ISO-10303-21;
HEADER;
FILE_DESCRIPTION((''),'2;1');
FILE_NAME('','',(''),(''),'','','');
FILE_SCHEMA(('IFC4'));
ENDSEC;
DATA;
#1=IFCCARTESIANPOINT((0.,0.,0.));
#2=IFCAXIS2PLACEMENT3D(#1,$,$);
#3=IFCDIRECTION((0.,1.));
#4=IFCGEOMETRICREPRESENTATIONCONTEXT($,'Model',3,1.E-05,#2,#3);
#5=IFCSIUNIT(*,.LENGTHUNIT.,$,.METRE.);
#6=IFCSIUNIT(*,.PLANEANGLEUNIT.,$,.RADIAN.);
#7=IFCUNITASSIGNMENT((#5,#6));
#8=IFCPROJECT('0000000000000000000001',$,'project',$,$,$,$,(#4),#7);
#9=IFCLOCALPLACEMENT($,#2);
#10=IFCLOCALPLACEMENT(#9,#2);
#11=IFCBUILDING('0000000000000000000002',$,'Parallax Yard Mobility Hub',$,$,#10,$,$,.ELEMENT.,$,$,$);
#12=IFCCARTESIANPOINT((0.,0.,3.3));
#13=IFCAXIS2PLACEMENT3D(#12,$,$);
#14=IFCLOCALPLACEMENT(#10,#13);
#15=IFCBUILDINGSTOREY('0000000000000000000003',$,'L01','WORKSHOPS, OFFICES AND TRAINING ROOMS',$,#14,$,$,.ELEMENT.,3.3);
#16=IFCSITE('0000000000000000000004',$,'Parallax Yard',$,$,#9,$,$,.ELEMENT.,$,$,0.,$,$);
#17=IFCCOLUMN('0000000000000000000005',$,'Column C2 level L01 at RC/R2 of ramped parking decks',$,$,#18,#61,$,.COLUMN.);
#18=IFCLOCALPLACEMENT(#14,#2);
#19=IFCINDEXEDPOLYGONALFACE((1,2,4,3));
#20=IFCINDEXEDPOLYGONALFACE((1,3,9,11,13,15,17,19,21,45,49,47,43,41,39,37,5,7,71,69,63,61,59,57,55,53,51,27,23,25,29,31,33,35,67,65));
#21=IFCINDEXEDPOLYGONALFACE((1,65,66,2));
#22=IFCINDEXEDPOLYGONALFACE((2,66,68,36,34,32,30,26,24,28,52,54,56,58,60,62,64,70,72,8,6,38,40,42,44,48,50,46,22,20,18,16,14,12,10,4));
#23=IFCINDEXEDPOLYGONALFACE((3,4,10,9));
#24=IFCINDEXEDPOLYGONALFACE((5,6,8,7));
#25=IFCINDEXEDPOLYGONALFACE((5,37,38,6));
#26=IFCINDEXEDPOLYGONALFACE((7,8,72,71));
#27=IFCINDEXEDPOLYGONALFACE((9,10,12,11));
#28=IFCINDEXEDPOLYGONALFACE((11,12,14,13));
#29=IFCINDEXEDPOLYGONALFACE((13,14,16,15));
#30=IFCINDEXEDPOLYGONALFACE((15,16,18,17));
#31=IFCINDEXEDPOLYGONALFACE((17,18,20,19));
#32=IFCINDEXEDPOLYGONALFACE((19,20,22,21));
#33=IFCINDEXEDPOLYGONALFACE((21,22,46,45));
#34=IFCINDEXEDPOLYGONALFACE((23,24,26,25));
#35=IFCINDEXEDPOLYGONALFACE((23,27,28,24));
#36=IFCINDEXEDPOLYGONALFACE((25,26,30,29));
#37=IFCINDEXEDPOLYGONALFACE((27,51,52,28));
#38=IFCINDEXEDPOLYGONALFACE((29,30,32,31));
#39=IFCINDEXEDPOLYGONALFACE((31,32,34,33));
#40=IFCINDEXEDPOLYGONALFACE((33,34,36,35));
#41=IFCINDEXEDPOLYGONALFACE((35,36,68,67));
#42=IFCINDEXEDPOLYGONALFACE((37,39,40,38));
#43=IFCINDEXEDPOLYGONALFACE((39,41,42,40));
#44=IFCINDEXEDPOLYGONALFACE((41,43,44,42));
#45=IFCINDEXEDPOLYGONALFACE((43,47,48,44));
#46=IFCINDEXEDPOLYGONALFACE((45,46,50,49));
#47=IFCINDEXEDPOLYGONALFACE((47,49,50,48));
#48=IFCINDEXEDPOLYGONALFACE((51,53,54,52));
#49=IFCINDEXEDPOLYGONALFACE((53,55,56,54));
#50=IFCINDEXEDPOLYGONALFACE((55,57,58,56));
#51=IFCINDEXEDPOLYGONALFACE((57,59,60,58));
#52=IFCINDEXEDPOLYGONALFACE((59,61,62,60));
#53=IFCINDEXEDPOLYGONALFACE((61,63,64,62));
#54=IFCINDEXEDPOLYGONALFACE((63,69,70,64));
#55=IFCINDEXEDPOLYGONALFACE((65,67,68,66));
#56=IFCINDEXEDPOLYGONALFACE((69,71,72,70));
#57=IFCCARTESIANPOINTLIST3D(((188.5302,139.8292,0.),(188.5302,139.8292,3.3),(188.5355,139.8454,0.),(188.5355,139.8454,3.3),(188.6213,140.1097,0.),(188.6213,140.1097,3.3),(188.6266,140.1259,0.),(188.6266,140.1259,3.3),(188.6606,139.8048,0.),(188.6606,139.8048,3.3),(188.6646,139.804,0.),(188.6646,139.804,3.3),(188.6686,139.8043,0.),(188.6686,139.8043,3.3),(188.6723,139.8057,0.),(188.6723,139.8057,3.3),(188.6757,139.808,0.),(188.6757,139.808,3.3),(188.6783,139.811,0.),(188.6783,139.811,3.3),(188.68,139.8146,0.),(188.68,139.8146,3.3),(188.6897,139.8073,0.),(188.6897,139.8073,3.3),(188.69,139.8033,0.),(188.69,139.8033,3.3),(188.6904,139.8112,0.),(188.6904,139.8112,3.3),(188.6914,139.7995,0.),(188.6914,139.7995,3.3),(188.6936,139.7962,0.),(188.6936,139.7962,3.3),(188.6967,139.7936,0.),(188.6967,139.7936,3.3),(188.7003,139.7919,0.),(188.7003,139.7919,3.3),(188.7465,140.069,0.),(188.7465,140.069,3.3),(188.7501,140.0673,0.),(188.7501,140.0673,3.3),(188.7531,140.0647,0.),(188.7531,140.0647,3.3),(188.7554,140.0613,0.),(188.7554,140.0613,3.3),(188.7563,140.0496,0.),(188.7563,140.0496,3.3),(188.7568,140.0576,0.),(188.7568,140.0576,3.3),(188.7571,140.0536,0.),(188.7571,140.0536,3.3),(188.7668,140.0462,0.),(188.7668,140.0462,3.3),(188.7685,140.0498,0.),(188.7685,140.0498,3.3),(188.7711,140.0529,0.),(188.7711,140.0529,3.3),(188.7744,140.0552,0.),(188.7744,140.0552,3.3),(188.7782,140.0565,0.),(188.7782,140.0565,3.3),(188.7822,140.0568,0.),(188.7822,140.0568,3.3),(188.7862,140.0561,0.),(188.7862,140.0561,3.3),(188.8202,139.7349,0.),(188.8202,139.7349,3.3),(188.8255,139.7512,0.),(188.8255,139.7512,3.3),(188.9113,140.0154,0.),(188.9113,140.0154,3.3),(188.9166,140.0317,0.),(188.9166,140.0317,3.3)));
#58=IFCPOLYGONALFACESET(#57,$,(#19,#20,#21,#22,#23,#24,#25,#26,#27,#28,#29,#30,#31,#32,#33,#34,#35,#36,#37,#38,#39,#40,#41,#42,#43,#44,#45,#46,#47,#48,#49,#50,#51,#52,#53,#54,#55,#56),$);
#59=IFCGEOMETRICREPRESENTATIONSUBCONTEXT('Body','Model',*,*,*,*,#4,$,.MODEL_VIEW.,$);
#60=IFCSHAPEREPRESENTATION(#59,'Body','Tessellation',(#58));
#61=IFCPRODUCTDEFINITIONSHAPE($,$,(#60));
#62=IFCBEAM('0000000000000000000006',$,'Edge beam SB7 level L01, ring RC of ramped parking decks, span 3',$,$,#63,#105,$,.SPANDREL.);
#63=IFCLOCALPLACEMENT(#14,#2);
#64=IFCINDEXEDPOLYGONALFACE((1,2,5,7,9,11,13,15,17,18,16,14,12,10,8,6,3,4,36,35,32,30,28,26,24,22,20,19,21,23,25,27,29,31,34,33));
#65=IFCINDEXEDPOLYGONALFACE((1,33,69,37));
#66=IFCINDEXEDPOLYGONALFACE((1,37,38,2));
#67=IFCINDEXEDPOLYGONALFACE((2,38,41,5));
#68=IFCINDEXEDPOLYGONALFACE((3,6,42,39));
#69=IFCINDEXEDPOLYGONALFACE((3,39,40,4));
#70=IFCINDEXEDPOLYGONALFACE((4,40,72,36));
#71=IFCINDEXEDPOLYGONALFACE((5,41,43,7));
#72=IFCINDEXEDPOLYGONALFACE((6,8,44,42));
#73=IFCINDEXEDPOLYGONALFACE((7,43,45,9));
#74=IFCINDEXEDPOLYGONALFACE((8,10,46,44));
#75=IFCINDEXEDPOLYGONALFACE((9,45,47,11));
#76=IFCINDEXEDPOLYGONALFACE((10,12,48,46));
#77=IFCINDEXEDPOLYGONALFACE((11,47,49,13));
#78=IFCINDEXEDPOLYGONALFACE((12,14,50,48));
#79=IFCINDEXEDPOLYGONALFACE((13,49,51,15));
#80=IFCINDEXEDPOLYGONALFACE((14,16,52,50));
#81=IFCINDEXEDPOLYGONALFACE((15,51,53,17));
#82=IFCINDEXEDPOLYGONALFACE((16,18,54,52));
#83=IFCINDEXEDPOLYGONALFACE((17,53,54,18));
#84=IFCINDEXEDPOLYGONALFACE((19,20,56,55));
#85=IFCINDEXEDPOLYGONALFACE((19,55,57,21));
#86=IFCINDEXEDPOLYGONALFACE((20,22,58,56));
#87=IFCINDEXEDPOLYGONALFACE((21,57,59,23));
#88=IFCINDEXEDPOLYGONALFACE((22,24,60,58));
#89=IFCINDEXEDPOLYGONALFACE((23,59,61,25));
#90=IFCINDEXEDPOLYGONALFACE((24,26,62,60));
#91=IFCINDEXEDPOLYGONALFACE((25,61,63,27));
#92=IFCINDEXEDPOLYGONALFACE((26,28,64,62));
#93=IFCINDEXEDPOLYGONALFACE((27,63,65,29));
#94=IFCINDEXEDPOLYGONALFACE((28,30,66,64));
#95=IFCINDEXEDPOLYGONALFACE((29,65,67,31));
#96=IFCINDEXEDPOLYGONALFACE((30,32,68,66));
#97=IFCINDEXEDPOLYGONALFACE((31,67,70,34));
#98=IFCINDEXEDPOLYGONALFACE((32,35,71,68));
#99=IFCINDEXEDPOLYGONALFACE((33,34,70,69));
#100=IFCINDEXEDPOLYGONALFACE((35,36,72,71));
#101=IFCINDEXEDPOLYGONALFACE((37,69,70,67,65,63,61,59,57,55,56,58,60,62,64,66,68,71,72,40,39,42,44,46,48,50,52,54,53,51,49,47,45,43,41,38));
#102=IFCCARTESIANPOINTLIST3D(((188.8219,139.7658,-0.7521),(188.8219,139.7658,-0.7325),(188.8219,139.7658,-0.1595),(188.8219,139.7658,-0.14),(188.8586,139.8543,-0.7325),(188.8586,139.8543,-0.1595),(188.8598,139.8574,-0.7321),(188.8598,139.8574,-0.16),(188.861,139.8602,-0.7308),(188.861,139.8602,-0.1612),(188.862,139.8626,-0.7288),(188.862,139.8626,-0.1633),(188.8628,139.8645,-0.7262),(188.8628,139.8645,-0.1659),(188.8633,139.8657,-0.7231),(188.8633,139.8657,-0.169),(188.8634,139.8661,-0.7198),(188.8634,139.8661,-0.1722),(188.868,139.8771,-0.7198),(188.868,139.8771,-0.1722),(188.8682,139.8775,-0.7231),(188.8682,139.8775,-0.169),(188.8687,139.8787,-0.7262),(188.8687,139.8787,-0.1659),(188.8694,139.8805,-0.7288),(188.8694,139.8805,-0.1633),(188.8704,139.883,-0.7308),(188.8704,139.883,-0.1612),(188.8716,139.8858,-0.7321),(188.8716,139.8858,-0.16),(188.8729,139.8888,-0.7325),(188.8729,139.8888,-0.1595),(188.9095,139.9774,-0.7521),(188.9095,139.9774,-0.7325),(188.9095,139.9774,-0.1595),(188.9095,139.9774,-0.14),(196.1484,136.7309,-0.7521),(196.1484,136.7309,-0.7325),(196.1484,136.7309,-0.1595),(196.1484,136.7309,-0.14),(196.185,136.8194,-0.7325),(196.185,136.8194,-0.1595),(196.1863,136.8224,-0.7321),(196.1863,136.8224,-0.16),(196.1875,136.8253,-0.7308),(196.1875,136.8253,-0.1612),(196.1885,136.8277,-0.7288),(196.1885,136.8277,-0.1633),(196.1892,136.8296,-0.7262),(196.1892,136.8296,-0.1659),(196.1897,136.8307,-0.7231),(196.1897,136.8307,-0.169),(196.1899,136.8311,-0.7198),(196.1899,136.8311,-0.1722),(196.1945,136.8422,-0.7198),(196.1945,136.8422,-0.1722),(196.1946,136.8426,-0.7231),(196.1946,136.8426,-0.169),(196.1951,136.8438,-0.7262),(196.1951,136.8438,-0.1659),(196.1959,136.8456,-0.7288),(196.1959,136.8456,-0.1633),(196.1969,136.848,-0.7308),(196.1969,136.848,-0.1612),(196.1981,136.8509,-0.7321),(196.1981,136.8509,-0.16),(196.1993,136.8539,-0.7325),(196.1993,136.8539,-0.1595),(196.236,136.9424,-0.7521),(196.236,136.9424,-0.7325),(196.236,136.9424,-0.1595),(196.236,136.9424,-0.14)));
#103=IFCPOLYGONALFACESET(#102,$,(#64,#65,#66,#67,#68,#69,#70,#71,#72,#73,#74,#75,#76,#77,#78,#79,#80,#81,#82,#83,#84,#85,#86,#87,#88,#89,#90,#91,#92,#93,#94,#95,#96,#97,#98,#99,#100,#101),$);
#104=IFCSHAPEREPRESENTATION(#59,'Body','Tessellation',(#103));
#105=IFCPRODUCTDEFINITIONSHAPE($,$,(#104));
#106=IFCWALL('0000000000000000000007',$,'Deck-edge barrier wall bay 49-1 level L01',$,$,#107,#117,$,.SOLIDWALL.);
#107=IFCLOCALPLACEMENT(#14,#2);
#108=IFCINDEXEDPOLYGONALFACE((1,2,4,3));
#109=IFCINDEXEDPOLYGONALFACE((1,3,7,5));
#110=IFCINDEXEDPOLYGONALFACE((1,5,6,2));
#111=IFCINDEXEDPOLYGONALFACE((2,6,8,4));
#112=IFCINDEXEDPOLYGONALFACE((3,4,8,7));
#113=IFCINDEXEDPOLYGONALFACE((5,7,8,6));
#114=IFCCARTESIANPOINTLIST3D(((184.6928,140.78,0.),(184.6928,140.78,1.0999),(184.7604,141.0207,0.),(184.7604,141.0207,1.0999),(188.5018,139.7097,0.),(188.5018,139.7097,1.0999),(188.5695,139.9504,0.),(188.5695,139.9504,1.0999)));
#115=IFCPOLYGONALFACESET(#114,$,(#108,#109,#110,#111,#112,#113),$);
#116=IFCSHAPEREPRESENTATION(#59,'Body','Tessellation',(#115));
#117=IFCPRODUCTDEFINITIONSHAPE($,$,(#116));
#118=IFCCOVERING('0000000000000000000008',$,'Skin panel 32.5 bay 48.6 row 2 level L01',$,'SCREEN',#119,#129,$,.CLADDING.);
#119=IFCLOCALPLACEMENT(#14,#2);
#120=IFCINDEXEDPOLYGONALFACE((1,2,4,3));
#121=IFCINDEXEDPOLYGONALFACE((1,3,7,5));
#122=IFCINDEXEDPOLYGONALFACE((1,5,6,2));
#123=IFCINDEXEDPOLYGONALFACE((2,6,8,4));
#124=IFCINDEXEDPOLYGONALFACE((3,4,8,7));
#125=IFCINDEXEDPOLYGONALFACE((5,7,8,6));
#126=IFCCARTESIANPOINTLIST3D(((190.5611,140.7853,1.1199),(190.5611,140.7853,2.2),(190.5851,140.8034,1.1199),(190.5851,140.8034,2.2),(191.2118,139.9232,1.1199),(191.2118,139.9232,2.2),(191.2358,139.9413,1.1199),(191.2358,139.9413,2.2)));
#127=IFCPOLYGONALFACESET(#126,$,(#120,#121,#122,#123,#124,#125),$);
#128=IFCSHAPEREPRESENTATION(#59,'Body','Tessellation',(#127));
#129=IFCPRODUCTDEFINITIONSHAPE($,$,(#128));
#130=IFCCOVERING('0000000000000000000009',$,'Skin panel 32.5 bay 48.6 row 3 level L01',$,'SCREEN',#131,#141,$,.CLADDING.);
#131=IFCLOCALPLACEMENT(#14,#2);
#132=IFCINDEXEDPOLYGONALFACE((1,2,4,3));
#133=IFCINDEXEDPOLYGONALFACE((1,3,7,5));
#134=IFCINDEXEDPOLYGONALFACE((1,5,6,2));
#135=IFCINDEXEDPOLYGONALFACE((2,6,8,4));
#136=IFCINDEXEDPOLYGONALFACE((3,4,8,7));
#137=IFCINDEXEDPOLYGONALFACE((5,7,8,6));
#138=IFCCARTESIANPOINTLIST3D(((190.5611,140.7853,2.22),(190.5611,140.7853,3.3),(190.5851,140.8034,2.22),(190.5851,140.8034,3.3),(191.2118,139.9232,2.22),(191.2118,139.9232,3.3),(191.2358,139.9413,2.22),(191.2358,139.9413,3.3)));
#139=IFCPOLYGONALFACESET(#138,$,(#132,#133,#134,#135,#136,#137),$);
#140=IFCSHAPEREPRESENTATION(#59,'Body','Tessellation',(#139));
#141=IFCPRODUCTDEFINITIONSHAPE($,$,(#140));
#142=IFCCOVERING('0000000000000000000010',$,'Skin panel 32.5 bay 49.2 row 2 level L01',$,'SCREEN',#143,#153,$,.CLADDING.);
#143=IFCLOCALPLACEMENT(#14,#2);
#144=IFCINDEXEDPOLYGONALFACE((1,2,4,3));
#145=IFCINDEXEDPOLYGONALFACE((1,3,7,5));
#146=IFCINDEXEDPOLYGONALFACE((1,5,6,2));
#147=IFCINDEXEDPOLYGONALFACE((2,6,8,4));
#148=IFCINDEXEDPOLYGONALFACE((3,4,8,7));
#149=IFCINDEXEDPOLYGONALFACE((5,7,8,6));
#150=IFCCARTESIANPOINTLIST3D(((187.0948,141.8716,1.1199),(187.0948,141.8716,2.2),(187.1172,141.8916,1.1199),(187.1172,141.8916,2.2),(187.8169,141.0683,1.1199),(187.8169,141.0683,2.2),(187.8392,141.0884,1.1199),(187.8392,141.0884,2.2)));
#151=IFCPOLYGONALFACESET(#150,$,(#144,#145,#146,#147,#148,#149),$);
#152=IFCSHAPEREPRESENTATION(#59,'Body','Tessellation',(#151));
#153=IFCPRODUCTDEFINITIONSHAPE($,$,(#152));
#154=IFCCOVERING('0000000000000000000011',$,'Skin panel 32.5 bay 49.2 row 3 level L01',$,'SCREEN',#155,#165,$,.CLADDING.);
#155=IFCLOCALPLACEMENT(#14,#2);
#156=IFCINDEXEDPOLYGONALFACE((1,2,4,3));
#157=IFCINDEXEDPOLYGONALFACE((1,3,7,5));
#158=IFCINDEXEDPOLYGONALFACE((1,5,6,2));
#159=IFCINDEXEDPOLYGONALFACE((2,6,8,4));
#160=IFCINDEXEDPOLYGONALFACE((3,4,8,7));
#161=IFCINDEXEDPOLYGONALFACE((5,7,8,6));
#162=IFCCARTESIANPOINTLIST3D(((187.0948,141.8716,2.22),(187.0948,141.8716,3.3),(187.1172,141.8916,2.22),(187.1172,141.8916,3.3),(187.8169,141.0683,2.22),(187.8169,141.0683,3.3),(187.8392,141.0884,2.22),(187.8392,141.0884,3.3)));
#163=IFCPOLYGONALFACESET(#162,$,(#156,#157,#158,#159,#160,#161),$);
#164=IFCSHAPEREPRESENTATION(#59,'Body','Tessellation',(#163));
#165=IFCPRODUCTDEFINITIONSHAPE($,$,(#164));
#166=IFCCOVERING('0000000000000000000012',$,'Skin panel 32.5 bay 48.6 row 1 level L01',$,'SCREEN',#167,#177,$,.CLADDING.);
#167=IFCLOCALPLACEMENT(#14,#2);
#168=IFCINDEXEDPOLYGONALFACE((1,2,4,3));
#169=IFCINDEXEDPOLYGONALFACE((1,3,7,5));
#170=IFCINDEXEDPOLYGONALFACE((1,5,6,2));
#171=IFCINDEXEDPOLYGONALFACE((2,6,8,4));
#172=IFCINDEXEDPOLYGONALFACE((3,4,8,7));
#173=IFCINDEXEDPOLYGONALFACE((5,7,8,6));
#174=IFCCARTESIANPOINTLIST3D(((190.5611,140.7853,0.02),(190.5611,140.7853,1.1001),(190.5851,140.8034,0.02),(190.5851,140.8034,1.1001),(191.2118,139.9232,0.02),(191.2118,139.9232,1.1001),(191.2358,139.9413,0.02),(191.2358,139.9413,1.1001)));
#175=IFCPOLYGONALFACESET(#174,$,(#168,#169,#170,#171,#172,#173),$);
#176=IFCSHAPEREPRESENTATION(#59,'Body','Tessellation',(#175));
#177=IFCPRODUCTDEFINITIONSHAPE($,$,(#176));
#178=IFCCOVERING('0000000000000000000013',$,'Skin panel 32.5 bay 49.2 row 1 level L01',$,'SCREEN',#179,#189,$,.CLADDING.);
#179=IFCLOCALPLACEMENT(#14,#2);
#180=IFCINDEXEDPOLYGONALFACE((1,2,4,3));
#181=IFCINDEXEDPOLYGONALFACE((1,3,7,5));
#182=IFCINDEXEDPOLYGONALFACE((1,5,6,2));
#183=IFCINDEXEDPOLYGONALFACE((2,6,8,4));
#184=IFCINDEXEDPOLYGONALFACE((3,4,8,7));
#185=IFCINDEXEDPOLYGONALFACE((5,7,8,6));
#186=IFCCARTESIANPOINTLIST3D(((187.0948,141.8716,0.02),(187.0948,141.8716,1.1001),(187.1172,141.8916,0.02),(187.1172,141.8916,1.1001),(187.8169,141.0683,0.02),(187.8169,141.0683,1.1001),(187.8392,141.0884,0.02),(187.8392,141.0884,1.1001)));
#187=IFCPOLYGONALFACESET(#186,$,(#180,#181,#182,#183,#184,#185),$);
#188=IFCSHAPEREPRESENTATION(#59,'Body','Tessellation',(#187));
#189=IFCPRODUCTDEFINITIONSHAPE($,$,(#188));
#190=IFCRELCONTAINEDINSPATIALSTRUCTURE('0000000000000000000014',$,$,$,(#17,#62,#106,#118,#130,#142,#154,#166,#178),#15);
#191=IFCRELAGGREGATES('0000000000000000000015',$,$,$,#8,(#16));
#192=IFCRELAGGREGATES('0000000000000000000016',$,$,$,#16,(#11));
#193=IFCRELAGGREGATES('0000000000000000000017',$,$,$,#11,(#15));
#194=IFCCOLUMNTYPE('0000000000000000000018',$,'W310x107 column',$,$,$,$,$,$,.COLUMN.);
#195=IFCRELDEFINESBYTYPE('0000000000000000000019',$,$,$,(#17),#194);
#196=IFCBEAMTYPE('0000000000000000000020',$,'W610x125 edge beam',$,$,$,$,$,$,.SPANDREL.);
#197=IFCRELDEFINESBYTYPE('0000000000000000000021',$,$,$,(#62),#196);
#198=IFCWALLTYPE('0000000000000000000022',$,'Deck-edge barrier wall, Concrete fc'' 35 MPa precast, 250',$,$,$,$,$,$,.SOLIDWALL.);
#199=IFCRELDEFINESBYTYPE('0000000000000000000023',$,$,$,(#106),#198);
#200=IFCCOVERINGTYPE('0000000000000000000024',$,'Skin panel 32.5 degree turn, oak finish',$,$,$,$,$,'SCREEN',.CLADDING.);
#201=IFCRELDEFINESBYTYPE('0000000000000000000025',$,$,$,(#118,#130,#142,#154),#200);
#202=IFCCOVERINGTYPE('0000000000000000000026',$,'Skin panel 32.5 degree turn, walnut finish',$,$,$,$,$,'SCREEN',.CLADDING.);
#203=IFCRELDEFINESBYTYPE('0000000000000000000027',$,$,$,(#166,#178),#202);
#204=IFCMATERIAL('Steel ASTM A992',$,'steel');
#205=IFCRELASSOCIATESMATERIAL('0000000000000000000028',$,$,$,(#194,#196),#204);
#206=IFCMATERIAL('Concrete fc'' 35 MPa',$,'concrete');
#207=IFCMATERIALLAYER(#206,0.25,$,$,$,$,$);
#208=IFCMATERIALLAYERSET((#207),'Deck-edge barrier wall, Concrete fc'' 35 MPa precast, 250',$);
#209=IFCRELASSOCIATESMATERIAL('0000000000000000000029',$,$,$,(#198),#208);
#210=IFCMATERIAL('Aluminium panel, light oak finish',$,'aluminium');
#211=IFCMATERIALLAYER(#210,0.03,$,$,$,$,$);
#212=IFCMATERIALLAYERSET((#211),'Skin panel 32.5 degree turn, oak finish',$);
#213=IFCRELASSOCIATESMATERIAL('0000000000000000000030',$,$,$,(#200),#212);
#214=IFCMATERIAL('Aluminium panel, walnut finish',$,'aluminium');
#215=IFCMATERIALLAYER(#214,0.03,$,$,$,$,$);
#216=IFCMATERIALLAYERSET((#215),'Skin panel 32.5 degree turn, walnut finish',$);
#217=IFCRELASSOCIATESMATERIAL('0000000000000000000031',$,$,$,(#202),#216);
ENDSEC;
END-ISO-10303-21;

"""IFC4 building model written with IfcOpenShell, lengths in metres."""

from ifc_helpers import new_model, si_unit, direction, frame, frame_2d, origin, origin_2d, place, context, subcontext, project, spatial, rectangle, i_section, extrude, material, layer, layer_set, material_profile, profile_set, type_object, element, save


model = new_model("IFC4")

# Units and contexts
model_context = context("Model", 3, precision=1e-05, world=origin(), true_north=direction((0.0, 1.0)))
body_context = subcontext(model_context, "Body", "Model", "MODEL_VIEW")
ifc_project = project(units=[si_unit("LENGTHUNIT", "METRE"), si_unit("PLANEANGLEUNIT", "RADIAN")], contexts=[model_context])

# Site, building, storey
site_placement = place(None, origin())
site = spatial("IfcSite", under=ifc_project, at=site_placement, Name="Parallax Yard", CompositionType="ELEMENT", RefElevation=0.0)
building_placement = place(site_placement, origin())
building = spatial("IfcBuilding", under=site, at=building_placement, Name="Parallax Yard Mobility Hub", CompositionType="ELEMENT")
storey_placement = place(building_placement, frame((0.0, 0.0, 3.3)))
storey = spatial("IfcBuildingStorey", under=building, at=storey_placement, Name="L01", Description="WORKSHOPS, OFFICES AND TRAINING ROOMS", CompositionType="ELEMENT", Elevation=3.3)

# Column
ifc_material_1 = material(Name="Steel ASTM A992", Category="steel")
ifc_material_profile_1 = material_profile(ifc_material_1, i_section(OverallWidth=0.3049, OverallDepth=0.312, WebThickness=0.011, FlangeThickness=0.0171, FilletRadius=0.0154, at=origin_2d()), Name="W310x107")
ifc_profile_set_1 = profile_set([ifc_material_profile_1], Name="Steel ASTM A992")
column_type = type_object("IfcColumnType", Name="W310x107 column", PredefinedType="COLUMN", material=ifc_profile_set_1)
column_placement = place(storey_placement, frame((188.7234, 139.9304, 0.0), z_axis=(0.0, 0.0, 1.0), x_axis=(-0.951057, 0.309017, 0.0)))
element("IfcColumn", 1, at=column_placement, inside=storey, type_object=column_type, Name="Column C2 level L01 at RC/R2 of ramped parking decks", PredefinedType="COLUMN", context=body_context, shape_type="SweptSolid", body=[
    extrude(i_section(OverallWidth=0.3049, OverallDepth=0.312, WebThickness=0.011, FlangeThickness=0.0171, FilletRadius=0.0154, at=origin_2d()), origin(), (0.0, 0.0, 1.0), 3.3),
])

# Beam
ifc_material_profile_2 = material_profile(ifc_material_1, i_section(OverallWidth=0.229, OverallDepth=0.6121, WebThickness=0.012, FlangeThickness=0.0195, FilletRadius=0.0127, at=origin_2d()), Name="W610x125")
ifc_profile_set_2 = profile_set([ifc_material_profile_2], Name="Steel ASTM A992")
beam_type = type_object("IfcBeamType", Name="W610x125 edge beam", PredefinedType="SPANDREL", material=ifc_profile_set_2)
beam_placement = place(storey_placement, frame((188.8657, 139.8716, -0.446), z_axis=(0.92387, -0.382706, 0.0), x_axis=(0.382706, 0.92387, 0.0)))
element("IfcBeam", 2, at=beam_placement, inside=storey, type_object=beam_type, Name="Edge beam SB7 level L01, ring RC of ramped parking decks, span 3", PredefinedType="SPANDREL", context=body_context, shape_type="SweptSolid", body=[
    extrude(i_section(OverallWidth=0.229, OverallDepth=0.6121, WebThickness=0.012, FlangeThickness=0.0195, FilletRadius=0.0127, at=origin_2d()), origin(), (0.0, 0.0, 1.0), 7.9302),
])

# Wall
ifc_material_2 = material(Name="Concrete fc' 35 MPa", Category="concrete")
ifc_layer_1 = layer(ifc_material_2, 0.25)
ifc_layer_set_1 = layer_set([ifc_layer_1], Name="Deck-edge barrier wall, Concrete fc' 35 MPa precast, 250")
wall_type = type_object("IfcWallType", Name="Deck-edge barrier wall, Concrete fc' 35 MPa precast, 250", PredefinedType="SOLIDWALL", material=ifc_layer_set_1)
wall_placement = place(storey_placement, frame((188.5356, 139.8301, 0.0), z_axis=(0.0, 0.0, 1.0), x_axis=(-0.962716, 0.270513, 0.0)))
element("IfcWall", 3, at=wall_placement, inside=storey, type_object=wall_type, Name="Deck-edge barrier wall bay 49-1 level L01", PredefinedType="SOLIDWALL", context=body_context, shape_type="SweptSolid", body=[
    extrude(rectangle(XDim=3.9565, YDim=0.25, at=frame_2d((1.9783, 0.0))), origin(), (0.0, 0.0, 1.0), 1.0999),
])

# Coverings
ifc_material_3 = material(Name="Aluminium panel, light oak finish", Category="aluminium")
ifc_layer_2 = layer(ifc_material_3, 0.03)
ifc_layer_set_2 = layer_set([ifc_layer_2], Name="Skin panel 32.5 degree turn, oak finish")
covering_type_1 = type_object("IfcCoveringType", Name="Skin panel 32.5 degree turn, oak finish", ElementType="SCREEN", PredefinedType="CLADDING", material=ifc_layer_set_2)
for number, where, z_axis, x_axis, name in (
    (4, (190.8984, 140.3633, 1.1199), (0.0, 0.0, 1.0), (-0.602449, 0.798157, 0.0), "Skin panel 32.5 bay 48.6 row 2 level L01"),
    (5, (190.8984, 140.3633, 2.22), (0.0, 0.0, 1.0), (-0.602449, 0.798157, 0.0), "Skin panel 32.5 bay 48.6 row 3 level L01"),
    (6, (187.467, 141.48, 1.1199), (0.0, 0.0, 1.0), (-0.66854, 0.743676, 0.0), "Skin panel 32.5 bay 49.2 row 2 level L01"),
    (7, (187.467, 141.48, 2.22), (0.0, 0.0, 1.0), (-0.66854, 0.743676, 0.0), "Skin panel 32.5 bay 49.2 row 3 level L01"),
):
    element("IfcCovering", number, at=place(storey_placement, frame(where, z_axis=z_axis, x_axis=x_axis)), inside=storey, type_object=covering_type_1, Name=name, ObjectType="SCREEN", PredefinedType="CLADDING", context=body_context, shape_type="SweptSolid", body=[
        extrude(rectangle(XDim=1.0801, YDim=0.03, at=origin_2d()), origin(), (0.0, 0.0, 1.0), 1.0801),
    ])
ifc_material_4 = material(Name="Aluminium panel, walnut finish", Category="aluminium")
ifc_layer_3 = layer(ifc_material_4, 0.03)
ifc_layer_set_3 = layer_set([ifc_layer_3], Name="Skin panel 32.5 degree turn, walnut finish")
covering_type_2 = type_object("IfcCoveringType", Name="Skin panel 32.5 degree turn, walnut finish", ElementType="SCREEN", PredefinedType="CLADDING", material=ifc_layer_set_3)
for number, where, z_axis, x_axis, name in (
    (8, (190.8984, 140.3633, 0.02), (0.0, 0.0, 1.0), (-0.602449, 0.798157, 0.0), "Skin panel 32.5 bay 48.6 row 1 level L01"),
    (9, (187.467, 141.48, 0.02), (0.0, 0.0, 1.0), (-0.66854, 0.743676, 0.0), "Skin panel 32.5 bay 49.2 row 1 level L01"),
):
    element("IfcCovering", number, at=place(storey_placement, frame(where, z_axis=z_axis, x_axis=x_axis)), inside=storey, type_object=covering_type_2, Name=name, ObjectType="SCREEN", PredefinedType="CLADDING", context=body_context, shape_type="SweptSolid", body=[
        extrude(rectangle(XDim=1.0801, YDim=0.03, at=origin_2d()), origin(), (0.0, 0.0, 1.0), 1.0801),
    ])

save(model, "model.ifc")
